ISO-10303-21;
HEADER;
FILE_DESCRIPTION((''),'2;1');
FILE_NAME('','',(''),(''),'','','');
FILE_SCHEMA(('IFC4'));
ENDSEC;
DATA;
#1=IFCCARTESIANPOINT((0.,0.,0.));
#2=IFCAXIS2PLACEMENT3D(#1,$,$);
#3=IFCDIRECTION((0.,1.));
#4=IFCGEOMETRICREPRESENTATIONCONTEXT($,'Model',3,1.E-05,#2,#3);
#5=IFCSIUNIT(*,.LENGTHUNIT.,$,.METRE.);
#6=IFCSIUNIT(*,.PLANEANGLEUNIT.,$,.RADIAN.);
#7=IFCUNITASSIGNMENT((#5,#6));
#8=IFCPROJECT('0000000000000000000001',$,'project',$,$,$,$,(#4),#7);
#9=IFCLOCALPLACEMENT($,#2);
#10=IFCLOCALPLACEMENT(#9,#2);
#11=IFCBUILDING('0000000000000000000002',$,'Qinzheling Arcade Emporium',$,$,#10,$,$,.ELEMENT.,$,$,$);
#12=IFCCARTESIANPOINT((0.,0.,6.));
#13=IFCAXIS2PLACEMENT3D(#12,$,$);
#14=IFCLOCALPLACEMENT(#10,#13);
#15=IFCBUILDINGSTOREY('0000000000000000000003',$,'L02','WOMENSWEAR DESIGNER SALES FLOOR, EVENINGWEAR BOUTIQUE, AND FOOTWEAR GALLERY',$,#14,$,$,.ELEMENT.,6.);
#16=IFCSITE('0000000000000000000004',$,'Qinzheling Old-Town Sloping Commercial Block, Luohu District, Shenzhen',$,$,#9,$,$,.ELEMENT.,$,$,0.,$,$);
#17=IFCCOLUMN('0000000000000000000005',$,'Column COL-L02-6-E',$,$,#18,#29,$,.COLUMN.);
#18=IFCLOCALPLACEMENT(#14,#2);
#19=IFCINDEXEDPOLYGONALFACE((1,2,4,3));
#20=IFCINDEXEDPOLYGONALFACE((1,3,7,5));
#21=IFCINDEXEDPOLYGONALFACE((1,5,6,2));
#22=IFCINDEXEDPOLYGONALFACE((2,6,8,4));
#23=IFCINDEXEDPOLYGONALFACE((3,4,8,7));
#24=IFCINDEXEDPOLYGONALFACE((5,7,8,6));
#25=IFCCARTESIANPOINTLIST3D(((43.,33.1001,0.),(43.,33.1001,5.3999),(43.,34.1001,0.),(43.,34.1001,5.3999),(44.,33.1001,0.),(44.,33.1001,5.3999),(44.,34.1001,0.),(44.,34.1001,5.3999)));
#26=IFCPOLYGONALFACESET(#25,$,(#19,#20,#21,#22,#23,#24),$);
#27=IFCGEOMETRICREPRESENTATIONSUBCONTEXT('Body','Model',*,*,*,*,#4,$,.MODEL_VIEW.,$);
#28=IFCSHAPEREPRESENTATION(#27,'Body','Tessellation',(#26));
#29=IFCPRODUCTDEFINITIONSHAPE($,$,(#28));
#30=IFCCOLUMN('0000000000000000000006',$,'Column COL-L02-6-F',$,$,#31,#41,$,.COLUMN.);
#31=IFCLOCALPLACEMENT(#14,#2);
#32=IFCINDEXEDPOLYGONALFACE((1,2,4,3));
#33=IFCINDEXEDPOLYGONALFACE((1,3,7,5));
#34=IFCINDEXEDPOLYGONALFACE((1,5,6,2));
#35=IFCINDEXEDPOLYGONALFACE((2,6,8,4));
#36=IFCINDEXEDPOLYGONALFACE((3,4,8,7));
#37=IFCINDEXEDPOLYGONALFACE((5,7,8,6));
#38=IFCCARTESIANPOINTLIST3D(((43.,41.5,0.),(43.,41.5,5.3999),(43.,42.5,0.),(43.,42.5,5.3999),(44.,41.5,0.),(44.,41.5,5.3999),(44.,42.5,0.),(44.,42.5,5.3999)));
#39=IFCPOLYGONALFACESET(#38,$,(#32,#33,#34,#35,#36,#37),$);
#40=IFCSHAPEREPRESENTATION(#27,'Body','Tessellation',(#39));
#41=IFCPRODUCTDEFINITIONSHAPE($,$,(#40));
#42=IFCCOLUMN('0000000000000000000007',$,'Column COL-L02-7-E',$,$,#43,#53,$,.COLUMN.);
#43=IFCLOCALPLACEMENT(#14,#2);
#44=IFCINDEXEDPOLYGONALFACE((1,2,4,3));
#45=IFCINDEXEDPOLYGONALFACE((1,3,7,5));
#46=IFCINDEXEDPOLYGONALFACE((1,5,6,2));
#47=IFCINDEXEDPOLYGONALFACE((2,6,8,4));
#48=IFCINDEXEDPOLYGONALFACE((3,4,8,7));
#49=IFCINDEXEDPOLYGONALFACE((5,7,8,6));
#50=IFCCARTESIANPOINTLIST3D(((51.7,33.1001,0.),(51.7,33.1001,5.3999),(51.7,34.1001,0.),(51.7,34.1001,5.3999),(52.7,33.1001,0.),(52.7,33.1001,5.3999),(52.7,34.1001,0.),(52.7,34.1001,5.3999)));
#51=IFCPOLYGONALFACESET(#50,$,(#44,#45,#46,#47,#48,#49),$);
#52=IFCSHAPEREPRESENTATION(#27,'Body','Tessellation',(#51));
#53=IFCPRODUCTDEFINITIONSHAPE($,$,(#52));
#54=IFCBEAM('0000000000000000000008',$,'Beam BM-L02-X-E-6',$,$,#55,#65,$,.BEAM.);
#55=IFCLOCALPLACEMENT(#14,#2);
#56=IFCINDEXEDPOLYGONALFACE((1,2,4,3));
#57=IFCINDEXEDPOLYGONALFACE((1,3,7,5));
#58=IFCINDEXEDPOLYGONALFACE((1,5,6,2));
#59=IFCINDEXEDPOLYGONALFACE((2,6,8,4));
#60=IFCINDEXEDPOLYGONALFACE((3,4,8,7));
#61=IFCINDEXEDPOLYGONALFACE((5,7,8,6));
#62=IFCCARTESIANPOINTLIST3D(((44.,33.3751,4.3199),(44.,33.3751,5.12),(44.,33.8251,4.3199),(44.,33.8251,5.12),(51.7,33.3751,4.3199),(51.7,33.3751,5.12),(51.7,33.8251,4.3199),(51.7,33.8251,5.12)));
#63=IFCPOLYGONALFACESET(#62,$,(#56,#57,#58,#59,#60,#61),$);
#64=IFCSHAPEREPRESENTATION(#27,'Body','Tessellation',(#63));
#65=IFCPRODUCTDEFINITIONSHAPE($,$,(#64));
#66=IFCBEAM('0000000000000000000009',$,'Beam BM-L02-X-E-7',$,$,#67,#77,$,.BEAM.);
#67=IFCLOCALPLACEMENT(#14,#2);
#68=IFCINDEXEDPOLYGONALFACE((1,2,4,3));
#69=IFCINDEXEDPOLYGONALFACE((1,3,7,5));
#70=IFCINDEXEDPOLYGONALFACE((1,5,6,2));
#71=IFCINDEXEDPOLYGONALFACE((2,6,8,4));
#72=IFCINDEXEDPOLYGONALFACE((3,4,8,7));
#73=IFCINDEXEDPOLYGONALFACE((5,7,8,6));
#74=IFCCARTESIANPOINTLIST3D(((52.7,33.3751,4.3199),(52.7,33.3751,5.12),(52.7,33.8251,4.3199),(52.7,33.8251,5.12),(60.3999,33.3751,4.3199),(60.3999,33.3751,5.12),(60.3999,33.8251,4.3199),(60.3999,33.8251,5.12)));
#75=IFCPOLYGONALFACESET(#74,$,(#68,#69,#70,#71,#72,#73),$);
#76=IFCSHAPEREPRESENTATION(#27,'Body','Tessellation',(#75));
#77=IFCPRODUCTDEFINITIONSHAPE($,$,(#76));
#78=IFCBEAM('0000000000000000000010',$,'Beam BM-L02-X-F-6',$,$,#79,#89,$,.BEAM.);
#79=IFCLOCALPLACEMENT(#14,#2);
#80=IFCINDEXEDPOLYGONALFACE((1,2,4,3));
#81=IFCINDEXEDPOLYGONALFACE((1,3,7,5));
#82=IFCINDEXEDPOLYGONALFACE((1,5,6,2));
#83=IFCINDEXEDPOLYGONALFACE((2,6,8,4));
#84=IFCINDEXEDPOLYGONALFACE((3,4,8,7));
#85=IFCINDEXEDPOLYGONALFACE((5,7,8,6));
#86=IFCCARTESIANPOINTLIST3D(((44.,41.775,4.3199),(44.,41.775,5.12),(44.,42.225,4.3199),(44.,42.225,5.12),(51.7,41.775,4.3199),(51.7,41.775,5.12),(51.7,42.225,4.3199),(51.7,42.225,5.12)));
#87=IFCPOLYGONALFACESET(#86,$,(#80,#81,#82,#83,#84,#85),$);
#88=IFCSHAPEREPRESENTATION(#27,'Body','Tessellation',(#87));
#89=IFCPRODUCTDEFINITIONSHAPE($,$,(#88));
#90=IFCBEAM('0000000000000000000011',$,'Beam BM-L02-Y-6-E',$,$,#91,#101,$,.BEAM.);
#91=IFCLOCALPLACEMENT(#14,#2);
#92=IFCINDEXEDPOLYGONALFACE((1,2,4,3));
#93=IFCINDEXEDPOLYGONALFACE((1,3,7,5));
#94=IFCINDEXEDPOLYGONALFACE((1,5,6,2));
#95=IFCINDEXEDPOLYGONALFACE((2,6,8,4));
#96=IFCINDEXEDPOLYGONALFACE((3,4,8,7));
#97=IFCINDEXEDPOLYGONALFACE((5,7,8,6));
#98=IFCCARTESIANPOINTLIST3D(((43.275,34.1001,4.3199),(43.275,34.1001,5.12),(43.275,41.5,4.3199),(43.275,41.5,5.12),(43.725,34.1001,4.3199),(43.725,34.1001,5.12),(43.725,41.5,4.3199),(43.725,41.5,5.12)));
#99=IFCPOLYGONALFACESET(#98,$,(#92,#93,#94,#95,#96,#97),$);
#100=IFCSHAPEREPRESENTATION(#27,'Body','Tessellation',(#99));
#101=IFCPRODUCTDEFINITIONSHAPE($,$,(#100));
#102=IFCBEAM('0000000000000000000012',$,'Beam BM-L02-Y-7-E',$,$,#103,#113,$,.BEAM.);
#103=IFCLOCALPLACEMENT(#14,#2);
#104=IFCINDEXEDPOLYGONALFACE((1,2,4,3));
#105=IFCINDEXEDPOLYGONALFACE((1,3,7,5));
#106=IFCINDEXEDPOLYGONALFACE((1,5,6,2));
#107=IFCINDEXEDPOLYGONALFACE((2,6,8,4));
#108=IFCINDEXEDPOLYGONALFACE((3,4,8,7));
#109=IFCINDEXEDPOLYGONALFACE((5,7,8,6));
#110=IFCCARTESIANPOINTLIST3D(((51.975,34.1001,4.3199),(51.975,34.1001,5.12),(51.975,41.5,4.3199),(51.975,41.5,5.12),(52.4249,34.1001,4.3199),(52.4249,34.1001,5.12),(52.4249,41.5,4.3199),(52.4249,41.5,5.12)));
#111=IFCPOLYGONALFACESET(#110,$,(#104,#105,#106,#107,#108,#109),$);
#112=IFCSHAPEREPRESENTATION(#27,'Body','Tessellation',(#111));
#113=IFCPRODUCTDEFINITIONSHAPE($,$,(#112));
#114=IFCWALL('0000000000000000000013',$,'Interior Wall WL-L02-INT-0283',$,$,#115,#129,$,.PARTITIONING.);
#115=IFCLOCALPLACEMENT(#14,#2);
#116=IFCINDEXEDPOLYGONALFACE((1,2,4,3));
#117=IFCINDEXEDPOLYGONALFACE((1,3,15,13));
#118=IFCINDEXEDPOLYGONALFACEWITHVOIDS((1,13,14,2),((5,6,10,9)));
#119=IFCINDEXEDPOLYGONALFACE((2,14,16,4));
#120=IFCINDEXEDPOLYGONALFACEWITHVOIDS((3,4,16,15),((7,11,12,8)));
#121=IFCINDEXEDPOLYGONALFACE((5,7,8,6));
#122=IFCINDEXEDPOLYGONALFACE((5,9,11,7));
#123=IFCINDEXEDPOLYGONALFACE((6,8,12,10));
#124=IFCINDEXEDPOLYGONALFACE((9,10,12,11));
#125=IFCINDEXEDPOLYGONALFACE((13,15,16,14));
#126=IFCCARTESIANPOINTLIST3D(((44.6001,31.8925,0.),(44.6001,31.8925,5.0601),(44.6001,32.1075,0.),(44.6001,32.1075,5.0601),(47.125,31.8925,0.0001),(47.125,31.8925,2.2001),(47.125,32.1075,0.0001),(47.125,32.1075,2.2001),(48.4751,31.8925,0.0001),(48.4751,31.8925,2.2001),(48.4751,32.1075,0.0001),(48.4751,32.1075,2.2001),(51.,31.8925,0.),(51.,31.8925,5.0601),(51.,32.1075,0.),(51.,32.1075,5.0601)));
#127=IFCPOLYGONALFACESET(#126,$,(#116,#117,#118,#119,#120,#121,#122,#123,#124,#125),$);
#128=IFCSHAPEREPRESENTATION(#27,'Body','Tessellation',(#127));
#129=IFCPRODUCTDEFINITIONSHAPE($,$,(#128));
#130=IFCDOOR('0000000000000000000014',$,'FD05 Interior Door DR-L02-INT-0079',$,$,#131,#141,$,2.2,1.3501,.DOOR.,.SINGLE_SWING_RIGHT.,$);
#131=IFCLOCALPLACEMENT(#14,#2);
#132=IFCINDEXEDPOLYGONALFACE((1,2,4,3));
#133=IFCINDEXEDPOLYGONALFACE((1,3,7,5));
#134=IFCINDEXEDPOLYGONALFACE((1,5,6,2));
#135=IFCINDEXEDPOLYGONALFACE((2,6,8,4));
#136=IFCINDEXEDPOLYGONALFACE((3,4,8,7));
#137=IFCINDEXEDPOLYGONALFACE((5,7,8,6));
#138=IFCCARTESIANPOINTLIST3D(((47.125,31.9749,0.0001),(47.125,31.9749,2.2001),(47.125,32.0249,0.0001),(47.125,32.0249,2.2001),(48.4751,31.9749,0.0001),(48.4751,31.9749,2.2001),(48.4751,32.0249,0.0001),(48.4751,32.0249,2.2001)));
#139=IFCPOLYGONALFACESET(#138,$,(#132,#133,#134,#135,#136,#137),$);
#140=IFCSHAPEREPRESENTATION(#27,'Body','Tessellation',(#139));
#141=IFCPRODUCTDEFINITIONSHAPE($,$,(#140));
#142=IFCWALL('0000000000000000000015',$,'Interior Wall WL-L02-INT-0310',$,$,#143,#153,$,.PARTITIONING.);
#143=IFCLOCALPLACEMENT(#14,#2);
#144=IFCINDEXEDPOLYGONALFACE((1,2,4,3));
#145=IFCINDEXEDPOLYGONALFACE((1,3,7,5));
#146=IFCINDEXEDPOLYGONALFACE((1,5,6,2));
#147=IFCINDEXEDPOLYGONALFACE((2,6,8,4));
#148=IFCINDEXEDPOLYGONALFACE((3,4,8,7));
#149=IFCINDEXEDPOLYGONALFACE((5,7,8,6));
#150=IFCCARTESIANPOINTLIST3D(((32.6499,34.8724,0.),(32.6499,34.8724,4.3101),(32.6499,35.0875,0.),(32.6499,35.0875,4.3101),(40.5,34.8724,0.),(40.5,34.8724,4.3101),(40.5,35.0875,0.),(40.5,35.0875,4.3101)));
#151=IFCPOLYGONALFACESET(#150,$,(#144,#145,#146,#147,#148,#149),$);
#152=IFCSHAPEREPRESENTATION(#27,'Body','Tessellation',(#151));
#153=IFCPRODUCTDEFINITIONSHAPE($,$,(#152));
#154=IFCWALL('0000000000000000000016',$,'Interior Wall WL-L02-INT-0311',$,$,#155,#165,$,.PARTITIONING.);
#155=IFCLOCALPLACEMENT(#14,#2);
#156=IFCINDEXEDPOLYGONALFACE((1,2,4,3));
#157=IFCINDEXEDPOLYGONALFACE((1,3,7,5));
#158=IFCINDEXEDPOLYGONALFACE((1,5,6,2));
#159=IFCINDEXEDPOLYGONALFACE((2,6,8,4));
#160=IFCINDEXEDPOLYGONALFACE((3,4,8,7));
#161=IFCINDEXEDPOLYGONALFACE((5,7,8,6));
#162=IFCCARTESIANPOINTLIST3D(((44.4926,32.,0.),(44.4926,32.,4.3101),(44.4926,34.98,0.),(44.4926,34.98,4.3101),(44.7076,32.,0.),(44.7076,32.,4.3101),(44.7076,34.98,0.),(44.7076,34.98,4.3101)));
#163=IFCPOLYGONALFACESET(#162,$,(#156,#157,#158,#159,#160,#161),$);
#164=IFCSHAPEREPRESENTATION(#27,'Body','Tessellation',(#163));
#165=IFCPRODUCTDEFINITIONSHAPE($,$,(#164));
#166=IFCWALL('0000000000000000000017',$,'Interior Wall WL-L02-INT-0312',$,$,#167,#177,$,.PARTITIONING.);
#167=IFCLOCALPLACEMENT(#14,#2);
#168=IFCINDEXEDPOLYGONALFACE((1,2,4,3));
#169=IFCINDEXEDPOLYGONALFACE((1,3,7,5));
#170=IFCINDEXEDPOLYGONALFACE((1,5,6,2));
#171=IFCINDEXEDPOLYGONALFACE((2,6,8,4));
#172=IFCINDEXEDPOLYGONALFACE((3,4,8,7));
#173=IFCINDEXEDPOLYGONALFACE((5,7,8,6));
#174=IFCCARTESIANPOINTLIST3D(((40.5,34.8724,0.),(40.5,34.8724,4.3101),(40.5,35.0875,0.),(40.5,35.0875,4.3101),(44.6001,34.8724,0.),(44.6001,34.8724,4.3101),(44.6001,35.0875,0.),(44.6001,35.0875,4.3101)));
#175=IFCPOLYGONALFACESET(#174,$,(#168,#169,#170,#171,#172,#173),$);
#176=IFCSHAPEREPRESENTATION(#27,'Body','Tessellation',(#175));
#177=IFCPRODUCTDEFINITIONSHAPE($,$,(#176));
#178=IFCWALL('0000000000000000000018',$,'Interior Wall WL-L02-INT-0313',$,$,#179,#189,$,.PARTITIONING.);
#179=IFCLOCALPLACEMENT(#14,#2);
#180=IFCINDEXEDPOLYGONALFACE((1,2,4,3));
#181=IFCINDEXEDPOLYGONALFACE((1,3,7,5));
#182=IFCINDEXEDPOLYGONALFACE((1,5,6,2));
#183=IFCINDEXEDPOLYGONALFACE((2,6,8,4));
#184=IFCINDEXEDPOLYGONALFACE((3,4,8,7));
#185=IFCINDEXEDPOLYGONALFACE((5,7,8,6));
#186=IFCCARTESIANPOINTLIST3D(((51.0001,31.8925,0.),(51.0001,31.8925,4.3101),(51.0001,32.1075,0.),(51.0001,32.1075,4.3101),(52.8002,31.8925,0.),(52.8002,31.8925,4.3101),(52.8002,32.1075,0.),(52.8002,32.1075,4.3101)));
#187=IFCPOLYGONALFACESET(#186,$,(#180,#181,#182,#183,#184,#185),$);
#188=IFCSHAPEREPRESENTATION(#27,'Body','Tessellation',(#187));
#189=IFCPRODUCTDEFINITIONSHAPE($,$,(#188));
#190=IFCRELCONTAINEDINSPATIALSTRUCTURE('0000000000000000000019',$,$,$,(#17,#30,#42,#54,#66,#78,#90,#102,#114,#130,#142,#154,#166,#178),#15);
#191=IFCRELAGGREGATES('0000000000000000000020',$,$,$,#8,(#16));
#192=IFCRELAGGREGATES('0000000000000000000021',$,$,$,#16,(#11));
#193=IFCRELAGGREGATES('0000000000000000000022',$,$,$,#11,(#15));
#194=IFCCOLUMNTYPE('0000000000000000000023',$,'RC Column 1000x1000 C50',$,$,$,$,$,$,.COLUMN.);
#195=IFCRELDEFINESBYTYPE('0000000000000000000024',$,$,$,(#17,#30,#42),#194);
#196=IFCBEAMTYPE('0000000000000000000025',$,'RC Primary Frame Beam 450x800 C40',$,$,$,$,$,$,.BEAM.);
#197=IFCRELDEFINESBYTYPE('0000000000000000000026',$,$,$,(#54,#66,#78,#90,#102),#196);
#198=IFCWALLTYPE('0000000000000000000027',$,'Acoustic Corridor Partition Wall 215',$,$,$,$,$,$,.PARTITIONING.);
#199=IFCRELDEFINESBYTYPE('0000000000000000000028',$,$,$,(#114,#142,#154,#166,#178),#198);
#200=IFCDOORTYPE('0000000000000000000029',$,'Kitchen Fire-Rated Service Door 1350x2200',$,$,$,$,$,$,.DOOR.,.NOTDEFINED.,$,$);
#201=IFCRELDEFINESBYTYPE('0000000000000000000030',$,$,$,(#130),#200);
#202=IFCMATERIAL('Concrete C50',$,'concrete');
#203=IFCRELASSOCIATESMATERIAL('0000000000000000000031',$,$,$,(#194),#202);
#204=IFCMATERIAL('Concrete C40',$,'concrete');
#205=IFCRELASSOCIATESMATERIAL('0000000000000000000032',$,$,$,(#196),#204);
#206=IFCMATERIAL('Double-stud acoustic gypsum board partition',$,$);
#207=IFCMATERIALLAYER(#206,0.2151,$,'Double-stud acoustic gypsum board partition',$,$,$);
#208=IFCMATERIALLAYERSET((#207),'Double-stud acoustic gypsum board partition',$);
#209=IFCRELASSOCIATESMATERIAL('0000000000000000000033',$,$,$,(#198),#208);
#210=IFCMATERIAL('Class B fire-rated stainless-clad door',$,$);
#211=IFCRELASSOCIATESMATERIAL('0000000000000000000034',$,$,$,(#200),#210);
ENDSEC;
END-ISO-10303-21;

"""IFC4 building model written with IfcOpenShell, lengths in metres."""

from ifc_helpers import new_model, si_unit, direction, frame, frame_2d, origin, origin_2d, place, context, subcontext, project, spatial, rectangle, extrude, material, layer, layer_set, material_profile, profile_set, type_object, element, fill, save


model = new_model("IFC4")

# Units and contexts
model_context = context("Model", 3, precision=1e-05, world=origin(), true_north=direction((0.0, 1.0)))
body_context = subcontext(model_context, "Body", "Model", "MODEL_VIEW")
ifc_project = project(units=[si_unit("LENGTHUNIT", "METRE"), si_unit("PLANEANGLEUNIT", "RADIAN")], contexts=[model_context])

# Site, building, storey
site_placement = place(None, origin())
site = spatial("IfcSite", under=ifc_project, at=site_placement, Name="Qinzheling Old-Town Sloping Commercial Block, Luohu District, Shenzhen", CompositionType="ELEMENT", RefElevation=0.0)
building_placement = place(site_placement, origin())
building = spatial("IfcBuilding", under=site, at=building_placement, Name="Qinzheling Arcade Emporium", CompositionType="ELEMENT")
storey_placement = place(building_placement, frame((0.0, 0.0, 6.0)))
storey = spatial("IfcBuildingStorey", under=building, at=storey_placement, Name="L02", Description="WOMENSWEAR DESIGNER SALES FLOOR, EVENINGWEAR BOUTIQUE, AND FOOTWEAR GALLERY", CompositionType="ELEMENT", Elevation=6.0)

# Columns
ifc_material_1 = material(Name="Concrete C50", Category="concrete")
ifc_material_profile_1 = material_profile(ifc_material_1, rectangle(XDim=1.0, YDim=1.0, at=origin_2d()), Name="RC 1000x1000", Category="concrete")
ifc_profile_set_1 = profile_set([ifc_material_profile_1], Name="Concrete C50")
column_type = type_object("IfcColumnType", Name="RC Column 1000x1000 C50", PredefinedType="COLUMN", material=ifc_profile_set_1)
for number, where, z_axis, x_axis, name in (
    (1, (43.5, 33.6001, 0.0), (0.0, 0.0, 1.0), (1.0, 0.0, 0.0), "Column COL-L02-6-E"),
    (2, (43.5, 42.0, 0.0), (0.0, 0.0, 1.0), (1.0, 0.0, 0.0), "Column COL-L02-6-F"),
    (3, (52.2, 33.6001, 0.0), (0.0, 0.0, 1.0), (1.0, 0.0, 0.0), "Column COL-L02-7-E"),
):
    element("IfcColumn", number, at=place(storey_placement, frame(where, z_axis=z_axis, x_axis=x_axis)), inside=storey, type_object=column_type, Name=name, PredefinedType="COLUMN", context=body_context, shape_type="SweptSolid", body=[
        extrude(rectangle(XDim=1.0, YDim=1.0, at=origin_2d()), origin(), (0.0, 0.0, 1.0), 5.3999),
    ])

# Beams
ifc_material_2 = material(Name="Concrete C40", Category="concrete")
ifc_material_profile_2 = material_profile(ifc_material_2, rectangle(XDim=0.45, YDim=0.8, at=origin_2d()), Name="RC 450x800", Category="concrete")
ifc_profile_set_2 = profile_set([ifc_material_profile_2], Name="Concrete C40")
beam_type = type_object("IfcBeamType", Name="RC Primary Frame Beam 450x800 C40", PredefinedType="BEAM", material=ifc_profile_set_2)
for number, where, z_axis, x_axis, name in (
    (4, (44.0, 33.6001, 4.72), (1.0, 0.0, 0.0), (0.0, 1.0, 0.0), "Beam BM-L02-X-E-6"),
    (5, (52.7, 33.6001, 4.72), (1.0, 0.0, 0.0), (0.0, 1.0, 0.0), "Beam BM-L02-X-E-7"),
    (6, (44.0, 42.0, 4.72), (1.0, 0.0, 0.0), (0.0, 1.0, 0.0), "Beam BM-L02-X-F-6"),
):
    element("IfcBeam", number, at=place(storey_placement, frame(where, z_axis=z_axis, x_axis=x_axis)), inside=storey, type_object=beam_type, Name=name, PredefinedType="BEAM", context=body_context, shape_type="SweptSolid", body=[
        extrude(rectangle(XDim=0.45, YDim=0.8, at=origin_2d()), origin(), (0.0, 0.0, 1.0), 7.7),
    ])
for number, where, z_axis, x_axis, name in (
    (7, (43.5, 34.1001, 4.72), (0.0, 1.0, 0.0), (-1.0, 0.0, 0.0), "Beam BM-L02-Y-6-E"),
    (8, (52.2, 34.1001, 4.72), (0.0, 1.0, 0.0), (-1.0, 0.0, 0.0), "Beam BM-L02-Y-7-E"),
):
    element("IfcBeam", number, at=place(storey_placement, frame(where, z_axis=z_axis, x_axis=x_axis)), inside=storey, type_object=beam_type, Name=name, PredefinedType="BEAM", context=body_context, shape_type="SweptSolid", body=[
        extrude(rectangle(XDim=0.45, YDim=0.8, at=origin_2d()), origin(), (0.0, 0.0, 1.0), 7.3999),
    ])

# Wall, opening, door
ifc_material_3 = material(Name="Double-stud acoustic gypsum board partition")
ifc_layer_1 = layer(ifc_material_3, 0.2151, Name="Double-stud acoustic gypsum board partition")
ifc_layer_set_1 = layer_set([ifc_layer_1], Name="Double-stud acoustic gypsum board partition")
wall_type_1 = type_object("IfcWallType", Name="Acoustic Corridor Partition Wall 215", PredefinedType="PARTITIONING", material=ifc_layer_set_1)
wall_1_placement = place(storey_placement, frame((44.6001, 32.0, 0.0), z_axis=(0.0, 0.0, 1.0), x_axis=(1.0, 0.0, 0.0)))
wall_1 = element("IfcWall", 9, at=wall_1_placement, inside=storey, type_object=wall_type_1, Name="Interior Wall WL-L02-INT-0283", PredefinedType="PARTITIONING", context=body_context, shape_type="SweptSolid", body=[
    extrude(rectangle(XDim=6.3999, YDim=0.2151, at=frame_2d((3.2, 0.0))), origin(), (0.0, 0.0, 1.0), 5.0601),
])
opening_1_placement = place(wall_1_placement, frame((2.5249, 0.0, 0.0)))
opening_1 = element("IfcOpeningElement", 10, at=opening_1_placement, cuts=wall_1, PredefinedType="OPENING", context=body_context, shape_type="SweptSolid", body=[
    extrude(rectangle(XDim=1.3501, YDim=2.2, at=frame_2d((0.675, 1.1001))), frame((0.0, 0.1177, 0.0), z_axis=(0.0, -1.0, 0.0), x_axis=(1.0, 0.0, 0.0)), (0.0, 0.0, 1.0), 0.2351),
])
ifc_material_4 = material(Name="Class B fire-rated stainless-clad door")
door_type_1 = type_object("IfcDoorType", Name="Kitchen Fire-Rated Service Door 1350x2200", OperationType="NOTDEFINED", PredefinedType="DOOR", material=ifc_material_4)
door_1_placement = place(opening_1_placement, origin())
door_1 = element("IfcDoor", 11, at=door_1_placement, inside=storey, type_object=door_type_1, Name="FD05 Interior Door DR-L02-INT-0079", OperationType="SINGLE_SWING_RIGHT", OverallHeight=2.2, OverallWidth=1.3501, PredefinedType="DOOR", context=body_context, shape_type="SweptSolid", body=[
    extrude(rectangle(XDim=1.3501, YDim=2.2, at=frame_2d((0.675, 1.1001))), frame((0.0, 0.0249, 0.0), z_axis=(0.0, -1.0, 0.0), x_axis=(1.0, 0.0, 0.0)), (0.0, 0.0, 1.0), 0.05),
])
fill(opening_1, door_1)

# Walls
wall_2_placement = place(storey_placement, frame((40.5, 34.98, 0.0), z_axis=(0.0, 0.0, 1.0), x_axis=(-1.0, 0.0, 0.0)))
element("IfcWall", 12, at=wall_2_placement, inside=storey, type_object=wall_type_1, Name="Interior Wall WL-L02-INT-0310", PredefinedType="PARTITIONING", context=body_context, shape_type="SweptSolid", body=[
    extrude(rectangle(XDim=7.8501, YDim=0.2151, at=frame_2d((3.925, 0.0))), origin(), (0.0, 0.0, 1.0), 4.3101),
])
wall_3_placement = place(storey_placement, frame((44.6001, 32.0, 0.0), z_axis=(0.0, 0.0, 1.0), x_axis=(0.0, 1.0, 0.0)))
element("IfcWall", 13, at=wall_3_placement, inside=storey, type_object=wall_type_1, Name="Interior Wall WL-L02-INT-0311", PredefinedType="PARTITIONING", context=body_context, shape_type="SweptSolid", body=[
    extrude(rectangle(XDim=2.98, YDim=0.2151, at=frame_2d((1.49, 0.0))), origin(), (0.0, 0.0, 1.0), 4.3101),
])
wall_4_placement = place(storey_placement, frame((44.6001, 34.98, 0.0), z_axis=(0.0, 0.0, 1.0), x_axis=(-1.0, 0.0, 0.0)))
element("IfcWall", 14, at=wall_4_placement, inside=storey, type_object=wall_type_1, Name="Interior Wall WL-L02-INT-0312", PredefinedType="PARTITIONING", context=body_context, shape_type="SweptSolid", body=[
    extrude(rectangle(XDim=4.1001, YDim=0.2151, at=frame_2d((2.05, 0.0))), origin(), (0.0, 0.0, 1.0), 4.3101),
])
wall_5_placement = place(storey_placement, frame((52.8, 32.0, 0.0), z_axis=(0.0, 0.0, 1.0), x_axis=(-1.0, 0.0, 0.0)))
element("IfcWall", 15, at=wall_5_placement, inside=storey, type_object=wall_type_1, Name="Interior Wall WL-L02-INT-0313", PredefinedType="PARTITIONING", context=body_context, shape_type="SweptSolid", body=[
    extrude(rectangle(XDim=1.8, YDim=0.2151, at=frame_2d((0.8999, 0.0))), origin(), (0.0, 0.0, 1.0), 4.3101),
])

save(model, "model.ifc")
